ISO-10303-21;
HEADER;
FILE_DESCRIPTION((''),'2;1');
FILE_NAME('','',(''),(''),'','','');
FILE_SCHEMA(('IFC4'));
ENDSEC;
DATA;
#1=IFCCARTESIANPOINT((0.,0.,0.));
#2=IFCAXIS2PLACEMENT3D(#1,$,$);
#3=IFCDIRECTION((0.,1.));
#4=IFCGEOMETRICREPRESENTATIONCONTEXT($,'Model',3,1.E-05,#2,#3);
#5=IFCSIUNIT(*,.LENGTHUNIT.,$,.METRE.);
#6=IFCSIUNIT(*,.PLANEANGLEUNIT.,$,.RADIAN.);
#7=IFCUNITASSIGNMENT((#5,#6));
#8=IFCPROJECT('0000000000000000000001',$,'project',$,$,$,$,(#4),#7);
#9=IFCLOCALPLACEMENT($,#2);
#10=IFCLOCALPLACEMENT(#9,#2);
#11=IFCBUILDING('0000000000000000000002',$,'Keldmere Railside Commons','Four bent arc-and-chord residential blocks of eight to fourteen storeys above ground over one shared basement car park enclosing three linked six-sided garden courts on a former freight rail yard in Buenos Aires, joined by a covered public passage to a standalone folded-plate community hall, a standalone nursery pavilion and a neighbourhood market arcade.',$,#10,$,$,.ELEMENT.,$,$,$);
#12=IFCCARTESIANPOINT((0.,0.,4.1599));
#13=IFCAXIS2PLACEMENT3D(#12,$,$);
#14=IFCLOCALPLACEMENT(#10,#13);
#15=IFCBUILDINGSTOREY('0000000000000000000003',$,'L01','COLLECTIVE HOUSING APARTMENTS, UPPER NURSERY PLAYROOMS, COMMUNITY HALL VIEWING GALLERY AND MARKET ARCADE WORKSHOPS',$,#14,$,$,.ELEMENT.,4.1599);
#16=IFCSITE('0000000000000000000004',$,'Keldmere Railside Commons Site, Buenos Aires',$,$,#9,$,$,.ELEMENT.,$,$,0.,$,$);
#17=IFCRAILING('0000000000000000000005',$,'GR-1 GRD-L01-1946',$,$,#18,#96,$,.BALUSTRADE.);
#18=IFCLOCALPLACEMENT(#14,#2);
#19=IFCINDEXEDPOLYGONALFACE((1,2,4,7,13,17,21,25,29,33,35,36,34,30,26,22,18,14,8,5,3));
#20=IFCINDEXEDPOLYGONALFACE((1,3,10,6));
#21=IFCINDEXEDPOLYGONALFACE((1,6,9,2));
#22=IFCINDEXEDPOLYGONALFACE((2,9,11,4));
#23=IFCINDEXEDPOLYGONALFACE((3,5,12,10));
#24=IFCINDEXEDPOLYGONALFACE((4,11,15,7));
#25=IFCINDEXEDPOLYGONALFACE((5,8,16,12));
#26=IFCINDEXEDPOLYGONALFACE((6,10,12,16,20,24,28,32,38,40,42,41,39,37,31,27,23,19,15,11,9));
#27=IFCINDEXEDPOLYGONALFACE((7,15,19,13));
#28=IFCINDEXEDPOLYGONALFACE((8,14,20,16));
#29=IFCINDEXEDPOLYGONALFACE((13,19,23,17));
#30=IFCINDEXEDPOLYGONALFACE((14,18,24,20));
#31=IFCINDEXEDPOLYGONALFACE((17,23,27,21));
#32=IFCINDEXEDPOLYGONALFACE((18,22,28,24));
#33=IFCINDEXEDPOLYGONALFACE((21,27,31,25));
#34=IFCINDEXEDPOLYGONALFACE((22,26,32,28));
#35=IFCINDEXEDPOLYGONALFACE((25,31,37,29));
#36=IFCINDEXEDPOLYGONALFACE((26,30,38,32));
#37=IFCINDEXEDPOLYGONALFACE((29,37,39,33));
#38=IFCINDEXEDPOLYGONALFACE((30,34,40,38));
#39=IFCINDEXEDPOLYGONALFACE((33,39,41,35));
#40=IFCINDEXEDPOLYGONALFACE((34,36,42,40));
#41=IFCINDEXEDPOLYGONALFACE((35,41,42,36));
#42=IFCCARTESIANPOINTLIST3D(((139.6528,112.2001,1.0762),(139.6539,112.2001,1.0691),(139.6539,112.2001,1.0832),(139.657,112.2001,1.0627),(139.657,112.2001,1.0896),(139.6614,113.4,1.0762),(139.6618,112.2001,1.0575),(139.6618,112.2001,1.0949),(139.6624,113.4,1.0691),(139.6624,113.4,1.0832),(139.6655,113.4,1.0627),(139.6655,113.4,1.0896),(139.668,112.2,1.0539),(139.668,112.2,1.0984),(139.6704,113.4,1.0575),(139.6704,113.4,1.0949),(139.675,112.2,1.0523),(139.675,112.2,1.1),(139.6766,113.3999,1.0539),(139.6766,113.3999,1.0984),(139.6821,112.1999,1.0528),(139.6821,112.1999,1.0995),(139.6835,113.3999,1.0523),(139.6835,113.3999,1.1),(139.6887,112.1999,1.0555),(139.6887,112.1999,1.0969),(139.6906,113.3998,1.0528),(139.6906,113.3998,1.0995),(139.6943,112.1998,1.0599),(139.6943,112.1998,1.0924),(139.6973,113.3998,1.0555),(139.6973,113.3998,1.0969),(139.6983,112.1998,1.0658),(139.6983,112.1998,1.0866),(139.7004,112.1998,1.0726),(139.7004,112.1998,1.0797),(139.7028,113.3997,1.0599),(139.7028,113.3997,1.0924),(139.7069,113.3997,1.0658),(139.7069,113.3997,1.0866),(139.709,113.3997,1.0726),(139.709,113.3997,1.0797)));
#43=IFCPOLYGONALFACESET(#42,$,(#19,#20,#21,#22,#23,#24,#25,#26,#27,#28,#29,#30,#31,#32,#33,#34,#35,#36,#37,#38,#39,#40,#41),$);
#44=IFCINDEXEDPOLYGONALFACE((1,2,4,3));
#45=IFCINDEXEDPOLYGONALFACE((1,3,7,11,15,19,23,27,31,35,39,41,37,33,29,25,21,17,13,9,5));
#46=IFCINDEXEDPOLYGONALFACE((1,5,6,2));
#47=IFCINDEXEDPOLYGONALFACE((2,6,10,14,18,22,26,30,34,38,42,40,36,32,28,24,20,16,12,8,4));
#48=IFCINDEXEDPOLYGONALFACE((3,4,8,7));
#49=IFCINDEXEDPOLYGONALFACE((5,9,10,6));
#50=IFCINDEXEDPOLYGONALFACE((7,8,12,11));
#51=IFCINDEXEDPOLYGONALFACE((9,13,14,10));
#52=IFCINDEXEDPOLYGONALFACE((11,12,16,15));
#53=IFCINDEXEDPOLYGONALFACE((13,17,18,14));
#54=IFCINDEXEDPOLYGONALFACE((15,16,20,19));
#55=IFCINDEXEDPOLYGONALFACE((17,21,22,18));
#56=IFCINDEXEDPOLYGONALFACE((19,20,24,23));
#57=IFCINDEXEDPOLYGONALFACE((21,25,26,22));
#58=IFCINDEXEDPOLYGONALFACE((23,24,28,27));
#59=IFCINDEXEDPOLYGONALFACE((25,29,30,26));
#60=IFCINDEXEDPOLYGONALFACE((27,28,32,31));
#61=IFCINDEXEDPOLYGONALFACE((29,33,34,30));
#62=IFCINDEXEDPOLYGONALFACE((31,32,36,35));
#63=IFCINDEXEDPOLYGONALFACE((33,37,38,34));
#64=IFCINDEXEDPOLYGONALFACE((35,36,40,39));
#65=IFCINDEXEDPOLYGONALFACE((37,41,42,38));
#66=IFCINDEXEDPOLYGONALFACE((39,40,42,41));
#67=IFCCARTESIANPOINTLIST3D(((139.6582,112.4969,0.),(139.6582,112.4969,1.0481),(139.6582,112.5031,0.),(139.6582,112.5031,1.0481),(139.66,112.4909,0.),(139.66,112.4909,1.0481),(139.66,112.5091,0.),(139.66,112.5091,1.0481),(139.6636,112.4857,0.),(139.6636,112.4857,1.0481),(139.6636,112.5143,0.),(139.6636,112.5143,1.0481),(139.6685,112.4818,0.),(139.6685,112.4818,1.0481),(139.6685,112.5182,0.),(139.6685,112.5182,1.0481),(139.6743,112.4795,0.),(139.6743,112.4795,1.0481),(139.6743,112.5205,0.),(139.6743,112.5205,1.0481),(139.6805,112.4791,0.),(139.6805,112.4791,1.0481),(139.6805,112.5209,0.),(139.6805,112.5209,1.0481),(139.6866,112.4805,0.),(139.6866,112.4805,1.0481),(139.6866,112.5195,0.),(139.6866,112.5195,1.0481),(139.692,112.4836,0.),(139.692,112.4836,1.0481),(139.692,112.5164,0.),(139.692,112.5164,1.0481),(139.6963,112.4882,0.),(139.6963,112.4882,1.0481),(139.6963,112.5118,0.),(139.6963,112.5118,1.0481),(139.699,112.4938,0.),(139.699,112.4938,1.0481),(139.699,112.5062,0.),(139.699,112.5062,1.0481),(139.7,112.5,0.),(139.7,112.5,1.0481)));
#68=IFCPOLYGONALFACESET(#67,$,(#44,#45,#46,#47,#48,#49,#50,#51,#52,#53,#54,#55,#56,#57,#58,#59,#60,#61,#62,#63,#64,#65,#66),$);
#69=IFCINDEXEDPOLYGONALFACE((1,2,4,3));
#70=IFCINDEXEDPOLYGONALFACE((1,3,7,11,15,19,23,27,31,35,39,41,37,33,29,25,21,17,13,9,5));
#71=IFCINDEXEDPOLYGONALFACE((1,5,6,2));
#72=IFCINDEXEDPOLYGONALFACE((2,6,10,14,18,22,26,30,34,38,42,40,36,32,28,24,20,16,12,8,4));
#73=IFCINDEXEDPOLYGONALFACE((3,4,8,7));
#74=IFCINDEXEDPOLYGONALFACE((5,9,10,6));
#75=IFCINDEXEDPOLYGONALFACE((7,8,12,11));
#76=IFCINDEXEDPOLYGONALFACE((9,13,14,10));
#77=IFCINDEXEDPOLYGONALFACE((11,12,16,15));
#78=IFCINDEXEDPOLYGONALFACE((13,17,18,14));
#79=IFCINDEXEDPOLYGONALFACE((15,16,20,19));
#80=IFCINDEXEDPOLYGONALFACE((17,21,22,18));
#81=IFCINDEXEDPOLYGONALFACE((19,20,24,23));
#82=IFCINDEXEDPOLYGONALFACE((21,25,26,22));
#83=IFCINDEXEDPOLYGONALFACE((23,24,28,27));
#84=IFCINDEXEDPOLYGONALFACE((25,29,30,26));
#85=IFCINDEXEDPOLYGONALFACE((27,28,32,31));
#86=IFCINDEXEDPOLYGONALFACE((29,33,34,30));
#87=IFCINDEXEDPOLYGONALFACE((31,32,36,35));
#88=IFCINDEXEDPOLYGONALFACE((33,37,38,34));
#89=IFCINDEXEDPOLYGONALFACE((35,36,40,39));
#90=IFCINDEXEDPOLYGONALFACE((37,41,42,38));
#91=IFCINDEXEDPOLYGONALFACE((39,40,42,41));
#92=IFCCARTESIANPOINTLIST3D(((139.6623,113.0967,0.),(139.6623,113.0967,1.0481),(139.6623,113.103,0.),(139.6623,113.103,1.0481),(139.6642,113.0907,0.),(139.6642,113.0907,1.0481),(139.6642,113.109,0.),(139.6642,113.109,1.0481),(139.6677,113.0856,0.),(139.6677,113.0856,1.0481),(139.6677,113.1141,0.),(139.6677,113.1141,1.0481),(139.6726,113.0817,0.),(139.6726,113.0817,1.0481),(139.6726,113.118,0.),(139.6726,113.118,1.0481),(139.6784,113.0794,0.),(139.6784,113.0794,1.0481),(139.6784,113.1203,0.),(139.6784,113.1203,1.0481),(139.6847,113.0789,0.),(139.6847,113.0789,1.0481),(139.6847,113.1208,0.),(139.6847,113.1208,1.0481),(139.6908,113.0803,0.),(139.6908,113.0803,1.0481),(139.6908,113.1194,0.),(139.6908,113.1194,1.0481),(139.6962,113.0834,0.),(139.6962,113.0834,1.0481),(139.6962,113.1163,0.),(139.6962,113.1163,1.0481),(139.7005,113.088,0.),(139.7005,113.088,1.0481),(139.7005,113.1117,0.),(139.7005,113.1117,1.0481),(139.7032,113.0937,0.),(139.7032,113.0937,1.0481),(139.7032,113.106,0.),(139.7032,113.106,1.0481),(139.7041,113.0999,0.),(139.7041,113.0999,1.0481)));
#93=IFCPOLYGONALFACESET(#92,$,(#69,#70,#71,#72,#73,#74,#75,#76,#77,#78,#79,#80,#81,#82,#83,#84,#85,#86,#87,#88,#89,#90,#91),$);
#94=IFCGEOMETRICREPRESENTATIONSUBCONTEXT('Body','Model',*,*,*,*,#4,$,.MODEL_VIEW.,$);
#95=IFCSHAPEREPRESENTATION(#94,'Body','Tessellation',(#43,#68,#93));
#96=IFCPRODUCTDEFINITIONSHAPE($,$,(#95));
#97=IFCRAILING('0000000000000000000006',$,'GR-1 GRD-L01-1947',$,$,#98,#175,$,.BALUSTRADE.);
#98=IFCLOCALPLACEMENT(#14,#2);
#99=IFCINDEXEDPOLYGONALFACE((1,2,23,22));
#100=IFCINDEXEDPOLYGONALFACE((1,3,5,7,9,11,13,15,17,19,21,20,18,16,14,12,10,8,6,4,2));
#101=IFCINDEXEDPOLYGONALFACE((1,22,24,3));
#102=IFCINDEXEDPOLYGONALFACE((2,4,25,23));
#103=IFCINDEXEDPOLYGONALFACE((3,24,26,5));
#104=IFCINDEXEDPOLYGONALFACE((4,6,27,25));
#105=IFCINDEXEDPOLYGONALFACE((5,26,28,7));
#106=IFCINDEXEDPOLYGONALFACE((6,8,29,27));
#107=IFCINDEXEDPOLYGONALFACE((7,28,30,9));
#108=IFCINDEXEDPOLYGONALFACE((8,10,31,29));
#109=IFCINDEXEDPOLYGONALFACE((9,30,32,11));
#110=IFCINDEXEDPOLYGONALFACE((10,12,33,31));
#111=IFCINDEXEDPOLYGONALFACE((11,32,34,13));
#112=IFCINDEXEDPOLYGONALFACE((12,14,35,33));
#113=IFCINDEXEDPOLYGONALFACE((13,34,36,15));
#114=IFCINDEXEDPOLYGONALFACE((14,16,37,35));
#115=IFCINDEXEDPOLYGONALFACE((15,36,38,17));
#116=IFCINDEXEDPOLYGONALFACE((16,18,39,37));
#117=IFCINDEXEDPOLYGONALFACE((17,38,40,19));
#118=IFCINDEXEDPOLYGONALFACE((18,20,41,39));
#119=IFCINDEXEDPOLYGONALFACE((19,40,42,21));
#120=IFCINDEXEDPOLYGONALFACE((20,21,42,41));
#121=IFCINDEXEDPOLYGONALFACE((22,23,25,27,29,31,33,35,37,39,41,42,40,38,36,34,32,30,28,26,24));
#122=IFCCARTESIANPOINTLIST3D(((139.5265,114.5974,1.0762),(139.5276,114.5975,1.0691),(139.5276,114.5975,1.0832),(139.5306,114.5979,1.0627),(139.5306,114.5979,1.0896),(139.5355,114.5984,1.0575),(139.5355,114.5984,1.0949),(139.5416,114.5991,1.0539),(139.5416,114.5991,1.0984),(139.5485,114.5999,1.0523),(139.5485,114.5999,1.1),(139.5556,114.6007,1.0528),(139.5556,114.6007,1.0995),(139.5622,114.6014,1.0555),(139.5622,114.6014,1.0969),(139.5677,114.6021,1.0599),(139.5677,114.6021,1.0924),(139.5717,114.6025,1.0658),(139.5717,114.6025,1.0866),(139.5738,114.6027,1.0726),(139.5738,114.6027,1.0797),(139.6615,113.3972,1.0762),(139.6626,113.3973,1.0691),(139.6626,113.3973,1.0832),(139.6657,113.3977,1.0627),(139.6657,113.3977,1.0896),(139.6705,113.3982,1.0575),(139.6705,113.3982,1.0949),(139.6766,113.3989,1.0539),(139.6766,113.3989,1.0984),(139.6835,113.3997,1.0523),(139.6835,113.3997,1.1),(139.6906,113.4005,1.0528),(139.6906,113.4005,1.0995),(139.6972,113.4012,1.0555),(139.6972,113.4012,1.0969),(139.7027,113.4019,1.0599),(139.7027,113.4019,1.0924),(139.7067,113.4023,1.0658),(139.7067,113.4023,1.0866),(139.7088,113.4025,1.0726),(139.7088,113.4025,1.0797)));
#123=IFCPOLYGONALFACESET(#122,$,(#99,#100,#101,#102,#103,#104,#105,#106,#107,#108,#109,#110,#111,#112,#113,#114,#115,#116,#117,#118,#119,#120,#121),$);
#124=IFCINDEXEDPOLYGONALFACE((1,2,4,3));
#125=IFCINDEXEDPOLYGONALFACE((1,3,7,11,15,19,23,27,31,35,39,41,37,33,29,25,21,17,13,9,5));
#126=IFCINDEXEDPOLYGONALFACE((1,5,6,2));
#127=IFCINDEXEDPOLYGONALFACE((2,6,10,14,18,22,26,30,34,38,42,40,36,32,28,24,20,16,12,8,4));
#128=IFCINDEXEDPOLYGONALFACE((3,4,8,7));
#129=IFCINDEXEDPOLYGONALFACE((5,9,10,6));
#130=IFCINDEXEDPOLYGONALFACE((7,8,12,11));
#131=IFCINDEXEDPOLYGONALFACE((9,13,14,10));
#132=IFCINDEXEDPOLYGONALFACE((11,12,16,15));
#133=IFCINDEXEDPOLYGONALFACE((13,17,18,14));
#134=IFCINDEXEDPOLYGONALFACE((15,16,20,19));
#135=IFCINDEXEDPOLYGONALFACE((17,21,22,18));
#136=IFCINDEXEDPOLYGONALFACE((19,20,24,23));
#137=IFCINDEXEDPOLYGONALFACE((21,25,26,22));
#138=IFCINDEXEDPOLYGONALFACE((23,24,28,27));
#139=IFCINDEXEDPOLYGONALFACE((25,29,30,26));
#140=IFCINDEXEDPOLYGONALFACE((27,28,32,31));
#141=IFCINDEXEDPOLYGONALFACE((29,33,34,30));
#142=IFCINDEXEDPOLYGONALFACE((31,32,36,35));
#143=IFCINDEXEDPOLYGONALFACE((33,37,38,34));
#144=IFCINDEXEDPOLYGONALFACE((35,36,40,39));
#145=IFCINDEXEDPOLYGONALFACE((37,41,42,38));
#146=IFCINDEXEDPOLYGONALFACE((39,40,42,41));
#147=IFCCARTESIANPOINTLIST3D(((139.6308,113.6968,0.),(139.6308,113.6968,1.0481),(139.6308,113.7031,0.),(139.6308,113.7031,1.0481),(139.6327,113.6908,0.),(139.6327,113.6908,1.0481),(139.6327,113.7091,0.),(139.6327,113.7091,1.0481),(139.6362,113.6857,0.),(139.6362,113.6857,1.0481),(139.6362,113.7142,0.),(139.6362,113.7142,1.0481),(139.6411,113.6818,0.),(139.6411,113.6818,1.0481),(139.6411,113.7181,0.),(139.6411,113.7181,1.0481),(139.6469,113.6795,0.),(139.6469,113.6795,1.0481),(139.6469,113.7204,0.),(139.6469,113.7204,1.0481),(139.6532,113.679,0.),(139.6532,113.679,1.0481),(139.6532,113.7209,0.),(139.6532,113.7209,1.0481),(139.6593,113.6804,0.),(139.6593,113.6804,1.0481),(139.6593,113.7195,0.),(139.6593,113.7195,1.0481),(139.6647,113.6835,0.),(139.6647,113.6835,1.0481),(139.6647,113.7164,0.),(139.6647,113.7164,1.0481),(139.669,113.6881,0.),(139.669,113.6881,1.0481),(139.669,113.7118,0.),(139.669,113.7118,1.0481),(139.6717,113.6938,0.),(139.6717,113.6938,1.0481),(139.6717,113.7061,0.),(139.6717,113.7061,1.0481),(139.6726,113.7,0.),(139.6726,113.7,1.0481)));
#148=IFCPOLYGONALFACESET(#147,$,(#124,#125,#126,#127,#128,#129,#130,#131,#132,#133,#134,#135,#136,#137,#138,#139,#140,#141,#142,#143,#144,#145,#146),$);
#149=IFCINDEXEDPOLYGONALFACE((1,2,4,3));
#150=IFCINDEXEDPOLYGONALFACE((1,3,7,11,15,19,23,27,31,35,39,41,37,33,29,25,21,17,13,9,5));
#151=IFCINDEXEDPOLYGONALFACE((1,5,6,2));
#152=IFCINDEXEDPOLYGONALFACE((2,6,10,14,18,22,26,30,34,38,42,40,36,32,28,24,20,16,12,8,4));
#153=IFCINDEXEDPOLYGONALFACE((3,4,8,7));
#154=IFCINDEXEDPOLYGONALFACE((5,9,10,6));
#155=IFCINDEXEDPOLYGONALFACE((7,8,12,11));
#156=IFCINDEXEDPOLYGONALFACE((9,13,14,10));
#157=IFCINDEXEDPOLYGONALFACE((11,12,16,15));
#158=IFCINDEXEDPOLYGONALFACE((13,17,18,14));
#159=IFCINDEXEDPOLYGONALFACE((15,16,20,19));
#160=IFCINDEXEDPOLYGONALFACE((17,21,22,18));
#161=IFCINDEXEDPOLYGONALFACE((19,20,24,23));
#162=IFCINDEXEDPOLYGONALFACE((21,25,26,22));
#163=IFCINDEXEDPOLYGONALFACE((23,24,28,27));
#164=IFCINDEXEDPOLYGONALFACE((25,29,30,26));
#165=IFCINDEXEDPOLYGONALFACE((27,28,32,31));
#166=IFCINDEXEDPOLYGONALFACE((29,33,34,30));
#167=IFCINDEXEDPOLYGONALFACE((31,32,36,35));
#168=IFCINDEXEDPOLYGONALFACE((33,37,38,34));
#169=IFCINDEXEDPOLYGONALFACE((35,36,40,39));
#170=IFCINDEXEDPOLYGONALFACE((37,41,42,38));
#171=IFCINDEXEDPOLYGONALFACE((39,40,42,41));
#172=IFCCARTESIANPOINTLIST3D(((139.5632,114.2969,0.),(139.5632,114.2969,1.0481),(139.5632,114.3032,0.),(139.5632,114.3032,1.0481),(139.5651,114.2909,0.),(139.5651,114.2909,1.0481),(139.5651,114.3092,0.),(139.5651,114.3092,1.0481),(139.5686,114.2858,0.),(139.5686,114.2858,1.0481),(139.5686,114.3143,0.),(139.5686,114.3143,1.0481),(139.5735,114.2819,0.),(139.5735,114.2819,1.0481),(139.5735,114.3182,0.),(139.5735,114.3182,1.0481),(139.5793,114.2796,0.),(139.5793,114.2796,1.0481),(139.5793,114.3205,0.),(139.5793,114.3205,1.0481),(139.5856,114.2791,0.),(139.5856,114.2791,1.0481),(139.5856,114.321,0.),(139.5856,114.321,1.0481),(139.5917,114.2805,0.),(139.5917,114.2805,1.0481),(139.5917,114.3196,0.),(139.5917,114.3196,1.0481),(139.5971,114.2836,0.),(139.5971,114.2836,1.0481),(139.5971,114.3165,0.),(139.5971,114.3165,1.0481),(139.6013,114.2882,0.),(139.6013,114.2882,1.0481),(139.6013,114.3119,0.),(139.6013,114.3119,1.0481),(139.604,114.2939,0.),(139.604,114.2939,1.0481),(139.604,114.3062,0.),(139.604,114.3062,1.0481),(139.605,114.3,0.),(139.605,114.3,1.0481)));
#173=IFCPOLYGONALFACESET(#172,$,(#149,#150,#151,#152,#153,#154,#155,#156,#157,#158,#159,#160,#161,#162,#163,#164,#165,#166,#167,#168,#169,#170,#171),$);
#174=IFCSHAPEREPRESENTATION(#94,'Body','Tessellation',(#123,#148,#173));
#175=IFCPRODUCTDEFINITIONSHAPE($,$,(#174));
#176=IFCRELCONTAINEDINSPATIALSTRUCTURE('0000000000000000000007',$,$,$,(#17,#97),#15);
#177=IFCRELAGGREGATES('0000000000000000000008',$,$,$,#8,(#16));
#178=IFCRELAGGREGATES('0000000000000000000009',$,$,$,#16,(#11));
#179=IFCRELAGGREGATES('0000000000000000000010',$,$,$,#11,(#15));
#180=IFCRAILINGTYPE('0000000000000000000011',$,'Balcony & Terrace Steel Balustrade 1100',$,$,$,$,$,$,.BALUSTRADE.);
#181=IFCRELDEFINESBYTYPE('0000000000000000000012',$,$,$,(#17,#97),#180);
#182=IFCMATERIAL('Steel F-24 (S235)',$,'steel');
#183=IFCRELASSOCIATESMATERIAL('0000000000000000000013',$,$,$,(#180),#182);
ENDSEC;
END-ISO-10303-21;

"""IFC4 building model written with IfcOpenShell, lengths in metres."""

from ifc_helpers import new_model, si_unit, direction, frame, origin, origin_2d, place, context, subcontext, project, spatial, circle, extrude, material, type_object, element, save


model = new_model("IFC4")

# Units and contexts
model_context = context("Model", 3, precision=1e-05, world=origin(), true_north=direction((0.0, 1.0)))
body_context = subcontext(model_context, "Body", "Model", "MODEL_VIEW")
ifc_project = project(units=[si_unit("LENGTHUNIT", "METRE"), si_unit("PLANEANGLEUNIT", "RADIAN")], contexts=[model_context])

# Site, building, storey
site_placement = place(None, origin())
site = spatial("IfcSite", under=ifc_project, at=site_placement, Name="Keldmere Railside Commons Site, Buenos Aires", CompositionType="ELEMENT", RefElevation=0.0)
building_placement = place(site_placement, origin())
building = spatial("IfcBuilding", under=site, at=building_placement, Name="Keldmere Railside Commons", Description="Four bent arc-and-chord residential blocks of eight to fourteen storeys above ground over one shared basement car park enclosing three linked six-sided garden courts on a former freight rail yard in Buenos Aires, joined by a covered public passage to a standalone folded-plate community hall, a standalone nursery pavilion and a neighbourhood market arcade.", CompositionType="ELEMENT")
storey_placement = place(building_placement, frame((0.0, 0.0, 4.1599)))
storey = spatial("IfcBuildingStorey", under=building, at=storey_placement, Name="L01", Description="COLLECTIVE HOUSING APARTMENTS, UPPER NURSERY PLAYROOMS, COMMUNITY HALL VIEWING GALLERY AND MARKET ARCADE WORKSHOPS", CompositionType="ELEMENT", Elevation=4.1599)

# Railings
ifc_material_1 = material(Name="Steel F-24 (S235)", Category="steel")
railing_type = type_object("IfcRailingType", Name="Balcony & Terrace Steel Balustrade 1100", PredefinedType="BALUSTRADE", material=ifc_material_1)
railing_1_placement = place(storey_placement, frame((139.6768, 112.2, 0.0)))
element("IfcRailing", 1, at=railing_1_placement, inside=storey, type_object=railing_type, Name="GR-1 GRD-L01-1946", PredefinedType="BALUSTRADE", context=body_context, shape_type="SweptSolid", body=[
    extrude(circle(Radius=0.0239, at=origin_2d()), frame((0.0, 0.0, 1.0762), z_axis=(0.007121, 0.999975, 0.0), x_axis=(-0.999975, 0.007121, 0.0)), (0.0, 0.0, 1.0), 1.2),
    extrude(circle(Radius=0.021, at=origin_2d()), frame((0.0022, 0.3, 0.0)), (0.0, 0.0, 1.0), 1.0481),
    extrude(circle(Radius=0.021, at=origin_2d()), frame((0.0063, 0.8999, 0.0)), (0.0, 0.0, 1.0), 1.0481),
])
railing_2_placement = place(storey_placement, frame((139.6853, 113.3999, 0.0)))
element("IfcRailing", 2, at=railing_2_placement, inside=storey, type_object=railing_type, Name="GR-1 GRD-L01-1947", PredefinedType="BALUSTRADE", context=body_context, shape_type="SweptSolid", body=[
    extrude(circle(Radius=0.0239, at=origin_2d()), frame((0.0, 0.0, 1.0762), z_axis=(-0.111785, 0.993732, 0.0), x_axis=(-0.993732, -0.111785, 0.0)), (0.0, 0.0, 1.0), 1.2078),
    extrude(circle(Radius=0.021, at=origin_2d()), frame((-0.0337, 0.3, 0.0)), (0.0, 0.0, 1.0), 1.0481),
    extrude(circle(Radius=0.021, at=origin_2d()), frame((-0.1013, 0.9001, 0.0)), (0.0, 0.0, 1.0), 1.0481),
])

save(model, "model.ifc")
